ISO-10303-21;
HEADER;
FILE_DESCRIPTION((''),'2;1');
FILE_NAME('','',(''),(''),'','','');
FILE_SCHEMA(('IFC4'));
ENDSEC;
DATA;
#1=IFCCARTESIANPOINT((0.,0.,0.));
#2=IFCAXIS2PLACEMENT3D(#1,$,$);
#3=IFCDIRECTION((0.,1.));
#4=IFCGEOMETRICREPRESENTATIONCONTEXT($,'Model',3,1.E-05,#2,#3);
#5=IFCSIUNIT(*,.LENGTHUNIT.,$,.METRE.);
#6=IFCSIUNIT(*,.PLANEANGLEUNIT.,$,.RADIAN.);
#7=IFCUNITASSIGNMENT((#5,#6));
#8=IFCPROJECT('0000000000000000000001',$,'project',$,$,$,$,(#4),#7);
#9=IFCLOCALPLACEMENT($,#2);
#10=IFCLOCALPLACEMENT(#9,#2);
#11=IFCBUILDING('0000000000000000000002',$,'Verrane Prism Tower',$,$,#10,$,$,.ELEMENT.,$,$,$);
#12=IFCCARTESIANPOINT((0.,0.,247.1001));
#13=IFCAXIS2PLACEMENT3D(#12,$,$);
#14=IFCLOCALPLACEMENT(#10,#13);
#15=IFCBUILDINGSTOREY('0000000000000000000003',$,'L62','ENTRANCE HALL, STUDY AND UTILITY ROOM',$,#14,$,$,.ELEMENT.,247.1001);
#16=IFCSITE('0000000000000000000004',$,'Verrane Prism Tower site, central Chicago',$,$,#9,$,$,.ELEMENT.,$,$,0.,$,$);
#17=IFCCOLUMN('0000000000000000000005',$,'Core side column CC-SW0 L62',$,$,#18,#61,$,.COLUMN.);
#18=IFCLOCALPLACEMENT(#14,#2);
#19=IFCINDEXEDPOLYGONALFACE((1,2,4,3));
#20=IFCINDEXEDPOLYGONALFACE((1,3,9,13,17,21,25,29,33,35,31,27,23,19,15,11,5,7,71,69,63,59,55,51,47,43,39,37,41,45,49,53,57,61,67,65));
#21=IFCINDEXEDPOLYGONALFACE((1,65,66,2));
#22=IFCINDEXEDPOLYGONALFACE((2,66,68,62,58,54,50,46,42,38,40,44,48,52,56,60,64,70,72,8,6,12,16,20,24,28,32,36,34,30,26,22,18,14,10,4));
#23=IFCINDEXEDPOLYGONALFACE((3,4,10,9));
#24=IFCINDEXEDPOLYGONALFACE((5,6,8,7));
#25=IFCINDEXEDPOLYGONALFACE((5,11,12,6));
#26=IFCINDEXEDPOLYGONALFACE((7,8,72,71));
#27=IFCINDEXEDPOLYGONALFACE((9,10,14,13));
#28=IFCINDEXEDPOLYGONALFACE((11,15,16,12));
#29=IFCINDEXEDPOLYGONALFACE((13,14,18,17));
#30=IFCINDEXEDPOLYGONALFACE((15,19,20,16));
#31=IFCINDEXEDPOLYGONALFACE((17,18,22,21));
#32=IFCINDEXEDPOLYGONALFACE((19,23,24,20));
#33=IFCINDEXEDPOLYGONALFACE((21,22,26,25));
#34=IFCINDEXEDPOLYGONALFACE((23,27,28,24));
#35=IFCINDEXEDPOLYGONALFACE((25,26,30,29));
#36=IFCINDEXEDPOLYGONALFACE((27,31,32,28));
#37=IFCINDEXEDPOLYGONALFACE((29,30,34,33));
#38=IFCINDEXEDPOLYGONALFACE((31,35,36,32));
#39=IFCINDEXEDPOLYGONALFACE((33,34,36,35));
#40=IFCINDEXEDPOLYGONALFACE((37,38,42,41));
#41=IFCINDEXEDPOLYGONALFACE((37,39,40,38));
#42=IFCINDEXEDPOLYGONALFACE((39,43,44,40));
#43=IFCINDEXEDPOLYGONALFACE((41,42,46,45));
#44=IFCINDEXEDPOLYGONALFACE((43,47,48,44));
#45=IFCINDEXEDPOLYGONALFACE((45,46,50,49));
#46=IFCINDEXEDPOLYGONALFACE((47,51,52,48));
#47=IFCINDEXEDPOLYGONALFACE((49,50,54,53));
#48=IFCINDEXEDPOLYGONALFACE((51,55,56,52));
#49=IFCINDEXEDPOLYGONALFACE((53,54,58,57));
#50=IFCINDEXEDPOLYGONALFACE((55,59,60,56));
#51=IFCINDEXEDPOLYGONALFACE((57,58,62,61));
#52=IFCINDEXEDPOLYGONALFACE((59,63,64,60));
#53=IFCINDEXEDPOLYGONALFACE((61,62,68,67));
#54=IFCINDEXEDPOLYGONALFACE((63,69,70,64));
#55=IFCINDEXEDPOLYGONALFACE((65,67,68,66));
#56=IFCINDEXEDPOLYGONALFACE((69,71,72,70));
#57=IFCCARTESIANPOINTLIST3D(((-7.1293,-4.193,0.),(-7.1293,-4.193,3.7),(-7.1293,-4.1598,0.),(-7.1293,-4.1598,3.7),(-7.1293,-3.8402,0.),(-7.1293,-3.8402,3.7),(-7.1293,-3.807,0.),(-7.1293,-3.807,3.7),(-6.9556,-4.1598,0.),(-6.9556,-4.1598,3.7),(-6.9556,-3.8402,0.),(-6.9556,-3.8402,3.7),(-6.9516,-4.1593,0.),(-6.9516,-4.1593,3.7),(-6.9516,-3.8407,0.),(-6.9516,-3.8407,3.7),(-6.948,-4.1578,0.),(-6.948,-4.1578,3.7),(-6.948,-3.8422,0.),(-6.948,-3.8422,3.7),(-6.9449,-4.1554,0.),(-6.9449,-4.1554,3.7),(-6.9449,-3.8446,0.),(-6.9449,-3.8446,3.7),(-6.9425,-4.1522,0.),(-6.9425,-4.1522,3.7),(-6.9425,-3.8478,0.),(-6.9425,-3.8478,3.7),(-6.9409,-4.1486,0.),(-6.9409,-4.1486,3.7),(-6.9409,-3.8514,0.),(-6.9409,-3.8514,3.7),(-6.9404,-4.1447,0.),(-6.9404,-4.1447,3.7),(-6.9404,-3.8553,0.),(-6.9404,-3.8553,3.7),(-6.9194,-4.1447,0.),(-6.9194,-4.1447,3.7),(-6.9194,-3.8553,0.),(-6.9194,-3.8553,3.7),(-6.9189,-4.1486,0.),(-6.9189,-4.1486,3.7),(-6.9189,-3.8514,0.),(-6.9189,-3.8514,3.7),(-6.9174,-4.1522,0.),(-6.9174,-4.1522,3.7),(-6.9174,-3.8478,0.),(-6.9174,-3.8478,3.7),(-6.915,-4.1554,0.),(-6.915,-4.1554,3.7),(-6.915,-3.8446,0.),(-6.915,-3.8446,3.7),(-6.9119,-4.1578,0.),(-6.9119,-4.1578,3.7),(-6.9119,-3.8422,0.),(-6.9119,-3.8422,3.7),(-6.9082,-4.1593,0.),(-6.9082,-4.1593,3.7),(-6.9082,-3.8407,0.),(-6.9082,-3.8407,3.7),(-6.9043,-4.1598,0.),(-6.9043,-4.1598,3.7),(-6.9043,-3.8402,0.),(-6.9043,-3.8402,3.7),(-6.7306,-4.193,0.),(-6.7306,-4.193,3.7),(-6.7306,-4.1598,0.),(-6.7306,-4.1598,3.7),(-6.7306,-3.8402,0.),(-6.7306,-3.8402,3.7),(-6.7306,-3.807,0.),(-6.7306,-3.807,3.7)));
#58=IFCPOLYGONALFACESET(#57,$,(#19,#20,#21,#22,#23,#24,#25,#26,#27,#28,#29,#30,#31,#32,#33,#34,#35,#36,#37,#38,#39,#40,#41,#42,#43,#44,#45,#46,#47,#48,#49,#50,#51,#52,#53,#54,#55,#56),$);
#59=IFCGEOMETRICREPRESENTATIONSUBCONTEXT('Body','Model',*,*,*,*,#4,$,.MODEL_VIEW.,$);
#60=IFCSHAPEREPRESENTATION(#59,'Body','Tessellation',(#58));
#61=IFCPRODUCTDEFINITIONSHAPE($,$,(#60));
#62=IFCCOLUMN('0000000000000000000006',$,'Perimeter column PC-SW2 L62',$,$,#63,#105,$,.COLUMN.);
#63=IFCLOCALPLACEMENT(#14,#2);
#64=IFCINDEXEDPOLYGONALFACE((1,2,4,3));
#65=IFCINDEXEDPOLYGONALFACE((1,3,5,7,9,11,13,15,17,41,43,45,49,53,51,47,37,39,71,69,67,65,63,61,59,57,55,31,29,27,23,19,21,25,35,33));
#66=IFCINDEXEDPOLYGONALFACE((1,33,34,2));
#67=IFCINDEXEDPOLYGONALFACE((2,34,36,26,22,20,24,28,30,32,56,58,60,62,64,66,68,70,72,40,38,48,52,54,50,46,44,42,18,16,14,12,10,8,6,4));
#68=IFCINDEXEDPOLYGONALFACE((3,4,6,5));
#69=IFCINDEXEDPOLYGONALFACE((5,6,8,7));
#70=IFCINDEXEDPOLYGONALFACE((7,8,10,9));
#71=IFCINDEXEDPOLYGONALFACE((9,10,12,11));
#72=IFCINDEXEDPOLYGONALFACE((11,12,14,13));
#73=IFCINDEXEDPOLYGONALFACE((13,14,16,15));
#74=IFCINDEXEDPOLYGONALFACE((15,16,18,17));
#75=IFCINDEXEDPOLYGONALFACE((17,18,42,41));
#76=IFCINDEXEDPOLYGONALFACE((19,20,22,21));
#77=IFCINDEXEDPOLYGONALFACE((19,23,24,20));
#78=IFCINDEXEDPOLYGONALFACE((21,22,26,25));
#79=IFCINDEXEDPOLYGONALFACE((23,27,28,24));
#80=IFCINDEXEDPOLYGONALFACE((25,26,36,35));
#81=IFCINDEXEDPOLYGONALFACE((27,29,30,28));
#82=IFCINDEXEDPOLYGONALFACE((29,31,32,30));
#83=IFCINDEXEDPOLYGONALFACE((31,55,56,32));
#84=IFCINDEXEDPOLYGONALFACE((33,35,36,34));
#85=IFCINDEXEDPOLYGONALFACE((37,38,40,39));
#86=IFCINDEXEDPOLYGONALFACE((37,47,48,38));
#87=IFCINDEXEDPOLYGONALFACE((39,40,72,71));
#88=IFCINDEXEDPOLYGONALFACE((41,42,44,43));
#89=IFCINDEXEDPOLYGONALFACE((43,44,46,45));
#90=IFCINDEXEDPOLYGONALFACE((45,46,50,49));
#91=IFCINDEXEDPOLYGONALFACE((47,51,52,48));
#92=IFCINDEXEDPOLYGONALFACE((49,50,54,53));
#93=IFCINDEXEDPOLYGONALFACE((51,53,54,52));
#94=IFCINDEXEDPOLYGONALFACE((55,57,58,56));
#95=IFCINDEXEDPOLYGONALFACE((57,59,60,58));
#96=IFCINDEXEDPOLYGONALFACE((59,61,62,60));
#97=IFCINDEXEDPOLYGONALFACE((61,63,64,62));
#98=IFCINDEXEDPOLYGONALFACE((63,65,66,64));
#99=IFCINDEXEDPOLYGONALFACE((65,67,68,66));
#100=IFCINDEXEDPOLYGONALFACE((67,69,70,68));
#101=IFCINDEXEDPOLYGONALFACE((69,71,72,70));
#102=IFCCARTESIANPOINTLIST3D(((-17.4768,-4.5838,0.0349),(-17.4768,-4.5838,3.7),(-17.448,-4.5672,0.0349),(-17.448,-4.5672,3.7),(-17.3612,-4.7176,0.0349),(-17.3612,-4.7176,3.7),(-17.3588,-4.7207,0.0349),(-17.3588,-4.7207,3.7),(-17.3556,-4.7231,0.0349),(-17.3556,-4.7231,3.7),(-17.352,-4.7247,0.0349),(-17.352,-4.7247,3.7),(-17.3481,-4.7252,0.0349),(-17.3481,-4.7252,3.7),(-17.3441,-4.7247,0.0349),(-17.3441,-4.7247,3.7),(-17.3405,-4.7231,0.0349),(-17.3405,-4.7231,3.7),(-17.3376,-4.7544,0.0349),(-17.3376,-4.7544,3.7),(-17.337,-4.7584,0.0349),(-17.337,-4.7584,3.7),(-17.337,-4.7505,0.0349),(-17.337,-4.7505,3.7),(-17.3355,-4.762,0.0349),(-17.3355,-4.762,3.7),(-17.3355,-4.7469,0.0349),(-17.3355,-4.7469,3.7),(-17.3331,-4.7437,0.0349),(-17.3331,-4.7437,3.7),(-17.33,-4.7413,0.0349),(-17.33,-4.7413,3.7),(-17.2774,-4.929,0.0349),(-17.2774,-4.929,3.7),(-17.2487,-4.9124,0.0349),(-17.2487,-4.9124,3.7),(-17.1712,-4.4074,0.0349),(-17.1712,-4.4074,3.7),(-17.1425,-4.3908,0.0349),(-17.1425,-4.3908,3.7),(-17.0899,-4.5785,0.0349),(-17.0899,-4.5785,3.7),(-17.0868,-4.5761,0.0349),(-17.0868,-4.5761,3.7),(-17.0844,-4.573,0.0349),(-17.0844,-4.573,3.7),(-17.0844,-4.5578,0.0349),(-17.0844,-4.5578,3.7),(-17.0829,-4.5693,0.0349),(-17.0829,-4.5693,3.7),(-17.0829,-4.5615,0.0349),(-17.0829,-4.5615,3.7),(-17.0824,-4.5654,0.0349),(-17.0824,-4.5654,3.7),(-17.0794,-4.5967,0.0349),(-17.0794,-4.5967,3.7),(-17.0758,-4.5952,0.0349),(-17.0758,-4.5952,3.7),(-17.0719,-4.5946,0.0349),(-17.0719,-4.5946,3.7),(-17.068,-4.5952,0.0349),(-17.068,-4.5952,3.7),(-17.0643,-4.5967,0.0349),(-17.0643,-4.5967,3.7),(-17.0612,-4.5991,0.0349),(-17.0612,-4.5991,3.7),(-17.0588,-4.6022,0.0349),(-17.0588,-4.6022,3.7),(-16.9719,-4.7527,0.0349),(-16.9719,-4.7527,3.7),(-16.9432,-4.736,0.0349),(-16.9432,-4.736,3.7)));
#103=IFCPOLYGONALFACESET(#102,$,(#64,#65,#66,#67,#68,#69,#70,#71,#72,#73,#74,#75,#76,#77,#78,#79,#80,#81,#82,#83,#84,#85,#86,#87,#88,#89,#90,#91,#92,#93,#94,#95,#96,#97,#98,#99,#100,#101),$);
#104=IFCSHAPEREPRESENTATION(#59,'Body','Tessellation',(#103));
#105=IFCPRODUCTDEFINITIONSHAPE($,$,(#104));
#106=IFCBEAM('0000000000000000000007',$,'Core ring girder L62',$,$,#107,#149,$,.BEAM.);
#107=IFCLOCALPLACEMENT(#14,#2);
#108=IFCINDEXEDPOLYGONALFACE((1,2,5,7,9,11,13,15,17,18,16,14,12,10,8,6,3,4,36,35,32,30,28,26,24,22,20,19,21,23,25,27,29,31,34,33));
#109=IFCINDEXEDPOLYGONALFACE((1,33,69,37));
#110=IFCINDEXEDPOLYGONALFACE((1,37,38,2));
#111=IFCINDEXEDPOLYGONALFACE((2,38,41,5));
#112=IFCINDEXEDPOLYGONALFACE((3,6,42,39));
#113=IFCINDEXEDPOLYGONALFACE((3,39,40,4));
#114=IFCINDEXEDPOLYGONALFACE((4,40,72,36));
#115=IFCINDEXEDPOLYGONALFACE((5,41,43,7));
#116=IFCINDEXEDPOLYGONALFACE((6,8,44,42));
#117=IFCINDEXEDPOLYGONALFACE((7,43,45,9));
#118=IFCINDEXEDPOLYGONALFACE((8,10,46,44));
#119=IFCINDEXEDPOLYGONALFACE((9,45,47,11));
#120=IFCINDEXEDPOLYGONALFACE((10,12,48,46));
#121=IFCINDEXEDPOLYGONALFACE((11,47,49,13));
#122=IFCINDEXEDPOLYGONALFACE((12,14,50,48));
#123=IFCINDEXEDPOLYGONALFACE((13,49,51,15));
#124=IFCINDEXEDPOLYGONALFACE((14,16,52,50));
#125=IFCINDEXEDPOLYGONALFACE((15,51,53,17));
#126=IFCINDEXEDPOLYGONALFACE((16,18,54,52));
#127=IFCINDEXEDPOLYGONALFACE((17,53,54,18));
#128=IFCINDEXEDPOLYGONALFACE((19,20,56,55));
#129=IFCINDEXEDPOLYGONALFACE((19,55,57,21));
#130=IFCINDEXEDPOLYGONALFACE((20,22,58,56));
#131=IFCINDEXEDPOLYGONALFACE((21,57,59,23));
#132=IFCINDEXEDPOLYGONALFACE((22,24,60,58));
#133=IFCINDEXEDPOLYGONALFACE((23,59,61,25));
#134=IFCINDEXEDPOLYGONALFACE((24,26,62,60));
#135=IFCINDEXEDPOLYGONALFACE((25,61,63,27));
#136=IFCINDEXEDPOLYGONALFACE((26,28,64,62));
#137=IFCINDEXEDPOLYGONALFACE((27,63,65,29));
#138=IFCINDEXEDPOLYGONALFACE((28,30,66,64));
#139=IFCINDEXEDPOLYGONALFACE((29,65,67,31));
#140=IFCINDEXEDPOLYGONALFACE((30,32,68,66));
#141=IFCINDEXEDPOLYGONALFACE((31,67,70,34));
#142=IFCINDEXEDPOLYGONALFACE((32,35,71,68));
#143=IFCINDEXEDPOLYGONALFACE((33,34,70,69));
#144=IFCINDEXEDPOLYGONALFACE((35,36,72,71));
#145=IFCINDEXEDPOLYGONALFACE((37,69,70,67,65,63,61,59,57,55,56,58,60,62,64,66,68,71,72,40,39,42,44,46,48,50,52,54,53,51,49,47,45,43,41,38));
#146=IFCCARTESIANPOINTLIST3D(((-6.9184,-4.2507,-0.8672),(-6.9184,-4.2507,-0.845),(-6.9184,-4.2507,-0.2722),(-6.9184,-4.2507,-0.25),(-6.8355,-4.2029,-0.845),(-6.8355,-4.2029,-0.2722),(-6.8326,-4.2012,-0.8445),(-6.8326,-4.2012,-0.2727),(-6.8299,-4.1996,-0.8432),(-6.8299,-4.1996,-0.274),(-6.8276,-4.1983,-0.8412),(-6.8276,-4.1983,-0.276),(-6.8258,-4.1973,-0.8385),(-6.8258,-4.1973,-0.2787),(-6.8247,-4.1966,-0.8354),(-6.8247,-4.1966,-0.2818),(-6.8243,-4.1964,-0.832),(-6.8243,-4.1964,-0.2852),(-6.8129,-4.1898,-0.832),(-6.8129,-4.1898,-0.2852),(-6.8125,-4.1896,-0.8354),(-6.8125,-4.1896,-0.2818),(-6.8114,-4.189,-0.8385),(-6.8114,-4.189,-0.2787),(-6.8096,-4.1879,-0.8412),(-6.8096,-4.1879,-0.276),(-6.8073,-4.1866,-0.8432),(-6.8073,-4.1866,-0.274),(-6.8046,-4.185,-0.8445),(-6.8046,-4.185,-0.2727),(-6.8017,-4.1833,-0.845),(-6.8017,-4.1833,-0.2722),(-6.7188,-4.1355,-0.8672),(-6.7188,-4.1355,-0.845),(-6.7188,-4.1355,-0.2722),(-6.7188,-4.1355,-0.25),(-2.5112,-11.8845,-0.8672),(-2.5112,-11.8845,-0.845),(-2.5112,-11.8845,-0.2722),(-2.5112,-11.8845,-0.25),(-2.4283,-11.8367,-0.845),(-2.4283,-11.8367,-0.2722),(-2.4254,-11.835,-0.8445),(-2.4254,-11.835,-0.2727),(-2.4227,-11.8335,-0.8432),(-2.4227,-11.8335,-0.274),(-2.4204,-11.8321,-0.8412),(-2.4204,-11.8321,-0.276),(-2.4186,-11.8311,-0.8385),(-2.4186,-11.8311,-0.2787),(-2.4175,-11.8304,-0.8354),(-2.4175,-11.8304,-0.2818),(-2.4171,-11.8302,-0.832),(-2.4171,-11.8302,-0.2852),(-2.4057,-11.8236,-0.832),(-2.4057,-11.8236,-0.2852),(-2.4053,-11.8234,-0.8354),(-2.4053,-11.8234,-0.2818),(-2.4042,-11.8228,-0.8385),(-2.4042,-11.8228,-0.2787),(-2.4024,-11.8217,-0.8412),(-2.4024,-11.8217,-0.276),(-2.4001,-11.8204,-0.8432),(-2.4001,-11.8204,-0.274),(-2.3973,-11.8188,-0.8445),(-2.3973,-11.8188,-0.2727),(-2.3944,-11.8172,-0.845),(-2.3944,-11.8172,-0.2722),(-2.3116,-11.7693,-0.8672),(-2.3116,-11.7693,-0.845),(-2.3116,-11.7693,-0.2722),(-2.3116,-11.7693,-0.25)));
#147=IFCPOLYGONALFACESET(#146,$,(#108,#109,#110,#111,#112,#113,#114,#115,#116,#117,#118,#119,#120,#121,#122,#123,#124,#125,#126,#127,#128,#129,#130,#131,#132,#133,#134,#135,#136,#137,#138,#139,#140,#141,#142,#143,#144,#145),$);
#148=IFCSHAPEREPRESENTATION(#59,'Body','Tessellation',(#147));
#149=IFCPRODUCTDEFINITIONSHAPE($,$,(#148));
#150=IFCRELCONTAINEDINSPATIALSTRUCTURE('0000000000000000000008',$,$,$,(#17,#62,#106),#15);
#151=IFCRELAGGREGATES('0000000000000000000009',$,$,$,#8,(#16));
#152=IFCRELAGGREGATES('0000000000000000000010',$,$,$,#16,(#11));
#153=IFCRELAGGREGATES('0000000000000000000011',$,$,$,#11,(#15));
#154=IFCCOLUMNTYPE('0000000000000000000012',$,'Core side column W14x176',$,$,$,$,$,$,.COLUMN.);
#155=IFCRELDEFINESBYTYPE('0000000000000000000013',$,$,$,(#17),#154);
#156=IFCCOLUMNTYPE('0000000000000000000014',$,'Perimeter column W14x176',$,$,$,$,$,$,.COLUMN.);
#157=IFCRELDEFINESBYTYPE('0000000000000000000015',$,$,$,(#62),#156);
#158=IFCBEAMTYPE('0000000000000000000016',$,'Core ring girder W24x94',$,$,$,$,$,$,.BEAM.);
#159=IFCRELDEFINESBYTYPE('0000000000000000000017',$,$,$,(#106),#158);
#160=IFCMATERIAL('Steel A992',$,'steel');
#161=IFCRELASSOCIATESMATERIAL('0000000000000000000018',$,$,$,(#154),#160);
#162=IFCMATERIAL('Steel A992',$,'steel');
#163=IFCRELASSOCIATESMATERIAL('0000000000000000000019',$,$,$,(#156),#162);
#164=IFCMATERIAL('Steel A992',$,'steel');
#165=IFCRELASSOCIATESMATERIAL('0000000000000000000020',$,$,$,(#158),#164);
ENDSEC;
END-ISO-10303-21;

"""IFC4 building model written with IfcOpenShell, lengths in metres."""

from ifc_helpers import new_model, si_unit, direction, frame, origin, origin_2d, place, context, subcontext, project, spatial, i_section, extrude, material, material_profile, profile_set, type_object, element, save


model = new_model("IFC4")

# Units and contexts
model_context = context("Model", 3, precision=1e-05, world=origin(), true_north=direction((0.0, 1.0)))
body_context = subcontext(model_context, "Body", "Model", "MODEL_VIEW")
ifc_project = project(units=[si_unit("LENGTHUNIT", "METRE"), si_unit("PLANEANGLEUNIT", "RADIAN")], contexts=[model_context])

# Site, building, storey
site_placement = place(None, origin())
site = spatial("IfcSite", under=ifc_project, at=site_placement, Name="Verrane Prism Tower site, central Chicago", CompositionType="ELEMENT", RefElevation=0.0)
building_placement = place(site_placement, origin())
building = spatial("IfcBuilding", under=site, at=building_placement, Name="Verrane Prism Tower", CompositionType="ELEMENT")
storey_placement = place(building_placement, frame((0.0, 0.0, 247.1001)))
storey = spatial("IfcBuildingStorey", under=building, at=storey_placement, Name="L62", Description="ENTRANCE HALL, STUDY AND UTILITY ROOM", CompositionType="ELEMENT", Elevation=247.1001)

# Columns
ifc_material_1 = material(Name="Steel A992", Category="steel")
ifc_material_profile_1 = material_profile(ifc_material_1, i_section(OverallWidth=0.3987, OverallDepth=0.386, WebThickness=0.021, FlangeThickness=0.0332, FilletRadius=0.0151, at=origin_2d()), Name="W14x176")
ifc_profile_set_1 = profile_set([ifc_material_profile_1], Name="Steel A992")
column_type_1 = type_object("IfcColumnType", Name="Core side column W14x176", PredefinedType="COLUMN", material=ifc_profile_set_1)
column_1_placement = place(storey_placement, frame((-6.9299, -4.0, 0.0), z_axis=(0.0, 0.0, 1.0), x_axis=(1.0, 0.0, 0.0)))
element("IfcColumn", 1, at=column_1_placement, inside=storey, type_object=column_type_1, Name="Core side column CC-SW0 L62", PredefinedType="COLUMN", context=body_context, shape_type="SweptSolid", body=[
    extrude(i_section(OverallWidth=0.3987, OverallDepth=0.386, WebThickness=0.021, FlangeThickness=0.0332, FilletRadius=0.0151, at=origin_2d()), origin(), (0.0, 0.0, 1.0), 3.7),
])
ifc_material_2 = material(Name="Steel A992", Category="steel")
ifc_material_profile_2 = material_profile(ifc_material_2, i_section(OverallWidth=0.3987, OverallDepth=0.386, WebThickness=0.021, FlangeThickness=0.0332, FilletRadius=0.0151, at=origin_2d()), Name="W14x176")
ifc_profile_set_2 = profile_set([ifc_material_profile_2], Name="Steel A992")
column_type_2 = type_object("IfcColumnType", Name="Perimeter column W14x176", PredefinedType="COLUMN", material=ifc_profile_set_2)
column_2_placement = place(storey_placement, frame((-17.21, -4.6599, 0.0349), z_axis=(0.0, 0.0, 1.0), x_axis=(-0.5, 0.866025, 0.0)))
element("IfcColumn", 2, at=column_2_placement, inside=storey, type_object=column_type_2, Name="Perimeter column PC-SW2 L62", PredefinedType="COLUMN", context=body_context, shape_type="SweptSolid", body=[
    extrude(i_section(OverallWidth=0.3987, OverallDepth=0.386, WebThickness=0.021, FlangeThickness=0.0332, FilletRadius=0.0151, at=origin_2d()), origin(), (0.0, 0.0, 1.0), 3.665),
])

# Beam
ifc_material_3 = material(Name="Steel A992", Category="steel")
ifc_material_profile_3 = material_profile(ifc_material_3, i_section(OverallWidth=0.2305, OverallDepth=0.6172, WebThickness=0.0132, FlangeThickness=0.0222, FilletRadius=0.0129, at=origin_2d()), Name="W24x94")
ifc_profile_set_3 = profile_set([ifc_material_profile_3], Name="Steel A992")
beam_type_1 = type_object("IfcBeamType", Name="Core ring girder W24x94", PredefinedType="BEAM", material=ifc_profile_set_3)
beam_1_placement = place(storey_placement, frame((-6.8186, -4.1931, -0.5586), z_axis=(0.499988, -0.866032, 0.0), x_axis=(0.866032, 0.499988, 0.0)))
element("IfcBeam", 3, at=beam_1_placement, inside=storey, type_object=beam_type_1, Name="Core ring girder L62", PredefinedType="BEAM", context=body_context, shape_type="SweptSolid", body=[
    extrude(i_section(OverallWidth=0.2305, OverallDepth=0.6172, WebThickness=0.0132, FlangeThickness=0.0222, FilletRadius=0.0129, at=origin_2d()), origin(), (0.0, 0.0, 1.0), 8.8147),
])

save(model, "model.ifc")
